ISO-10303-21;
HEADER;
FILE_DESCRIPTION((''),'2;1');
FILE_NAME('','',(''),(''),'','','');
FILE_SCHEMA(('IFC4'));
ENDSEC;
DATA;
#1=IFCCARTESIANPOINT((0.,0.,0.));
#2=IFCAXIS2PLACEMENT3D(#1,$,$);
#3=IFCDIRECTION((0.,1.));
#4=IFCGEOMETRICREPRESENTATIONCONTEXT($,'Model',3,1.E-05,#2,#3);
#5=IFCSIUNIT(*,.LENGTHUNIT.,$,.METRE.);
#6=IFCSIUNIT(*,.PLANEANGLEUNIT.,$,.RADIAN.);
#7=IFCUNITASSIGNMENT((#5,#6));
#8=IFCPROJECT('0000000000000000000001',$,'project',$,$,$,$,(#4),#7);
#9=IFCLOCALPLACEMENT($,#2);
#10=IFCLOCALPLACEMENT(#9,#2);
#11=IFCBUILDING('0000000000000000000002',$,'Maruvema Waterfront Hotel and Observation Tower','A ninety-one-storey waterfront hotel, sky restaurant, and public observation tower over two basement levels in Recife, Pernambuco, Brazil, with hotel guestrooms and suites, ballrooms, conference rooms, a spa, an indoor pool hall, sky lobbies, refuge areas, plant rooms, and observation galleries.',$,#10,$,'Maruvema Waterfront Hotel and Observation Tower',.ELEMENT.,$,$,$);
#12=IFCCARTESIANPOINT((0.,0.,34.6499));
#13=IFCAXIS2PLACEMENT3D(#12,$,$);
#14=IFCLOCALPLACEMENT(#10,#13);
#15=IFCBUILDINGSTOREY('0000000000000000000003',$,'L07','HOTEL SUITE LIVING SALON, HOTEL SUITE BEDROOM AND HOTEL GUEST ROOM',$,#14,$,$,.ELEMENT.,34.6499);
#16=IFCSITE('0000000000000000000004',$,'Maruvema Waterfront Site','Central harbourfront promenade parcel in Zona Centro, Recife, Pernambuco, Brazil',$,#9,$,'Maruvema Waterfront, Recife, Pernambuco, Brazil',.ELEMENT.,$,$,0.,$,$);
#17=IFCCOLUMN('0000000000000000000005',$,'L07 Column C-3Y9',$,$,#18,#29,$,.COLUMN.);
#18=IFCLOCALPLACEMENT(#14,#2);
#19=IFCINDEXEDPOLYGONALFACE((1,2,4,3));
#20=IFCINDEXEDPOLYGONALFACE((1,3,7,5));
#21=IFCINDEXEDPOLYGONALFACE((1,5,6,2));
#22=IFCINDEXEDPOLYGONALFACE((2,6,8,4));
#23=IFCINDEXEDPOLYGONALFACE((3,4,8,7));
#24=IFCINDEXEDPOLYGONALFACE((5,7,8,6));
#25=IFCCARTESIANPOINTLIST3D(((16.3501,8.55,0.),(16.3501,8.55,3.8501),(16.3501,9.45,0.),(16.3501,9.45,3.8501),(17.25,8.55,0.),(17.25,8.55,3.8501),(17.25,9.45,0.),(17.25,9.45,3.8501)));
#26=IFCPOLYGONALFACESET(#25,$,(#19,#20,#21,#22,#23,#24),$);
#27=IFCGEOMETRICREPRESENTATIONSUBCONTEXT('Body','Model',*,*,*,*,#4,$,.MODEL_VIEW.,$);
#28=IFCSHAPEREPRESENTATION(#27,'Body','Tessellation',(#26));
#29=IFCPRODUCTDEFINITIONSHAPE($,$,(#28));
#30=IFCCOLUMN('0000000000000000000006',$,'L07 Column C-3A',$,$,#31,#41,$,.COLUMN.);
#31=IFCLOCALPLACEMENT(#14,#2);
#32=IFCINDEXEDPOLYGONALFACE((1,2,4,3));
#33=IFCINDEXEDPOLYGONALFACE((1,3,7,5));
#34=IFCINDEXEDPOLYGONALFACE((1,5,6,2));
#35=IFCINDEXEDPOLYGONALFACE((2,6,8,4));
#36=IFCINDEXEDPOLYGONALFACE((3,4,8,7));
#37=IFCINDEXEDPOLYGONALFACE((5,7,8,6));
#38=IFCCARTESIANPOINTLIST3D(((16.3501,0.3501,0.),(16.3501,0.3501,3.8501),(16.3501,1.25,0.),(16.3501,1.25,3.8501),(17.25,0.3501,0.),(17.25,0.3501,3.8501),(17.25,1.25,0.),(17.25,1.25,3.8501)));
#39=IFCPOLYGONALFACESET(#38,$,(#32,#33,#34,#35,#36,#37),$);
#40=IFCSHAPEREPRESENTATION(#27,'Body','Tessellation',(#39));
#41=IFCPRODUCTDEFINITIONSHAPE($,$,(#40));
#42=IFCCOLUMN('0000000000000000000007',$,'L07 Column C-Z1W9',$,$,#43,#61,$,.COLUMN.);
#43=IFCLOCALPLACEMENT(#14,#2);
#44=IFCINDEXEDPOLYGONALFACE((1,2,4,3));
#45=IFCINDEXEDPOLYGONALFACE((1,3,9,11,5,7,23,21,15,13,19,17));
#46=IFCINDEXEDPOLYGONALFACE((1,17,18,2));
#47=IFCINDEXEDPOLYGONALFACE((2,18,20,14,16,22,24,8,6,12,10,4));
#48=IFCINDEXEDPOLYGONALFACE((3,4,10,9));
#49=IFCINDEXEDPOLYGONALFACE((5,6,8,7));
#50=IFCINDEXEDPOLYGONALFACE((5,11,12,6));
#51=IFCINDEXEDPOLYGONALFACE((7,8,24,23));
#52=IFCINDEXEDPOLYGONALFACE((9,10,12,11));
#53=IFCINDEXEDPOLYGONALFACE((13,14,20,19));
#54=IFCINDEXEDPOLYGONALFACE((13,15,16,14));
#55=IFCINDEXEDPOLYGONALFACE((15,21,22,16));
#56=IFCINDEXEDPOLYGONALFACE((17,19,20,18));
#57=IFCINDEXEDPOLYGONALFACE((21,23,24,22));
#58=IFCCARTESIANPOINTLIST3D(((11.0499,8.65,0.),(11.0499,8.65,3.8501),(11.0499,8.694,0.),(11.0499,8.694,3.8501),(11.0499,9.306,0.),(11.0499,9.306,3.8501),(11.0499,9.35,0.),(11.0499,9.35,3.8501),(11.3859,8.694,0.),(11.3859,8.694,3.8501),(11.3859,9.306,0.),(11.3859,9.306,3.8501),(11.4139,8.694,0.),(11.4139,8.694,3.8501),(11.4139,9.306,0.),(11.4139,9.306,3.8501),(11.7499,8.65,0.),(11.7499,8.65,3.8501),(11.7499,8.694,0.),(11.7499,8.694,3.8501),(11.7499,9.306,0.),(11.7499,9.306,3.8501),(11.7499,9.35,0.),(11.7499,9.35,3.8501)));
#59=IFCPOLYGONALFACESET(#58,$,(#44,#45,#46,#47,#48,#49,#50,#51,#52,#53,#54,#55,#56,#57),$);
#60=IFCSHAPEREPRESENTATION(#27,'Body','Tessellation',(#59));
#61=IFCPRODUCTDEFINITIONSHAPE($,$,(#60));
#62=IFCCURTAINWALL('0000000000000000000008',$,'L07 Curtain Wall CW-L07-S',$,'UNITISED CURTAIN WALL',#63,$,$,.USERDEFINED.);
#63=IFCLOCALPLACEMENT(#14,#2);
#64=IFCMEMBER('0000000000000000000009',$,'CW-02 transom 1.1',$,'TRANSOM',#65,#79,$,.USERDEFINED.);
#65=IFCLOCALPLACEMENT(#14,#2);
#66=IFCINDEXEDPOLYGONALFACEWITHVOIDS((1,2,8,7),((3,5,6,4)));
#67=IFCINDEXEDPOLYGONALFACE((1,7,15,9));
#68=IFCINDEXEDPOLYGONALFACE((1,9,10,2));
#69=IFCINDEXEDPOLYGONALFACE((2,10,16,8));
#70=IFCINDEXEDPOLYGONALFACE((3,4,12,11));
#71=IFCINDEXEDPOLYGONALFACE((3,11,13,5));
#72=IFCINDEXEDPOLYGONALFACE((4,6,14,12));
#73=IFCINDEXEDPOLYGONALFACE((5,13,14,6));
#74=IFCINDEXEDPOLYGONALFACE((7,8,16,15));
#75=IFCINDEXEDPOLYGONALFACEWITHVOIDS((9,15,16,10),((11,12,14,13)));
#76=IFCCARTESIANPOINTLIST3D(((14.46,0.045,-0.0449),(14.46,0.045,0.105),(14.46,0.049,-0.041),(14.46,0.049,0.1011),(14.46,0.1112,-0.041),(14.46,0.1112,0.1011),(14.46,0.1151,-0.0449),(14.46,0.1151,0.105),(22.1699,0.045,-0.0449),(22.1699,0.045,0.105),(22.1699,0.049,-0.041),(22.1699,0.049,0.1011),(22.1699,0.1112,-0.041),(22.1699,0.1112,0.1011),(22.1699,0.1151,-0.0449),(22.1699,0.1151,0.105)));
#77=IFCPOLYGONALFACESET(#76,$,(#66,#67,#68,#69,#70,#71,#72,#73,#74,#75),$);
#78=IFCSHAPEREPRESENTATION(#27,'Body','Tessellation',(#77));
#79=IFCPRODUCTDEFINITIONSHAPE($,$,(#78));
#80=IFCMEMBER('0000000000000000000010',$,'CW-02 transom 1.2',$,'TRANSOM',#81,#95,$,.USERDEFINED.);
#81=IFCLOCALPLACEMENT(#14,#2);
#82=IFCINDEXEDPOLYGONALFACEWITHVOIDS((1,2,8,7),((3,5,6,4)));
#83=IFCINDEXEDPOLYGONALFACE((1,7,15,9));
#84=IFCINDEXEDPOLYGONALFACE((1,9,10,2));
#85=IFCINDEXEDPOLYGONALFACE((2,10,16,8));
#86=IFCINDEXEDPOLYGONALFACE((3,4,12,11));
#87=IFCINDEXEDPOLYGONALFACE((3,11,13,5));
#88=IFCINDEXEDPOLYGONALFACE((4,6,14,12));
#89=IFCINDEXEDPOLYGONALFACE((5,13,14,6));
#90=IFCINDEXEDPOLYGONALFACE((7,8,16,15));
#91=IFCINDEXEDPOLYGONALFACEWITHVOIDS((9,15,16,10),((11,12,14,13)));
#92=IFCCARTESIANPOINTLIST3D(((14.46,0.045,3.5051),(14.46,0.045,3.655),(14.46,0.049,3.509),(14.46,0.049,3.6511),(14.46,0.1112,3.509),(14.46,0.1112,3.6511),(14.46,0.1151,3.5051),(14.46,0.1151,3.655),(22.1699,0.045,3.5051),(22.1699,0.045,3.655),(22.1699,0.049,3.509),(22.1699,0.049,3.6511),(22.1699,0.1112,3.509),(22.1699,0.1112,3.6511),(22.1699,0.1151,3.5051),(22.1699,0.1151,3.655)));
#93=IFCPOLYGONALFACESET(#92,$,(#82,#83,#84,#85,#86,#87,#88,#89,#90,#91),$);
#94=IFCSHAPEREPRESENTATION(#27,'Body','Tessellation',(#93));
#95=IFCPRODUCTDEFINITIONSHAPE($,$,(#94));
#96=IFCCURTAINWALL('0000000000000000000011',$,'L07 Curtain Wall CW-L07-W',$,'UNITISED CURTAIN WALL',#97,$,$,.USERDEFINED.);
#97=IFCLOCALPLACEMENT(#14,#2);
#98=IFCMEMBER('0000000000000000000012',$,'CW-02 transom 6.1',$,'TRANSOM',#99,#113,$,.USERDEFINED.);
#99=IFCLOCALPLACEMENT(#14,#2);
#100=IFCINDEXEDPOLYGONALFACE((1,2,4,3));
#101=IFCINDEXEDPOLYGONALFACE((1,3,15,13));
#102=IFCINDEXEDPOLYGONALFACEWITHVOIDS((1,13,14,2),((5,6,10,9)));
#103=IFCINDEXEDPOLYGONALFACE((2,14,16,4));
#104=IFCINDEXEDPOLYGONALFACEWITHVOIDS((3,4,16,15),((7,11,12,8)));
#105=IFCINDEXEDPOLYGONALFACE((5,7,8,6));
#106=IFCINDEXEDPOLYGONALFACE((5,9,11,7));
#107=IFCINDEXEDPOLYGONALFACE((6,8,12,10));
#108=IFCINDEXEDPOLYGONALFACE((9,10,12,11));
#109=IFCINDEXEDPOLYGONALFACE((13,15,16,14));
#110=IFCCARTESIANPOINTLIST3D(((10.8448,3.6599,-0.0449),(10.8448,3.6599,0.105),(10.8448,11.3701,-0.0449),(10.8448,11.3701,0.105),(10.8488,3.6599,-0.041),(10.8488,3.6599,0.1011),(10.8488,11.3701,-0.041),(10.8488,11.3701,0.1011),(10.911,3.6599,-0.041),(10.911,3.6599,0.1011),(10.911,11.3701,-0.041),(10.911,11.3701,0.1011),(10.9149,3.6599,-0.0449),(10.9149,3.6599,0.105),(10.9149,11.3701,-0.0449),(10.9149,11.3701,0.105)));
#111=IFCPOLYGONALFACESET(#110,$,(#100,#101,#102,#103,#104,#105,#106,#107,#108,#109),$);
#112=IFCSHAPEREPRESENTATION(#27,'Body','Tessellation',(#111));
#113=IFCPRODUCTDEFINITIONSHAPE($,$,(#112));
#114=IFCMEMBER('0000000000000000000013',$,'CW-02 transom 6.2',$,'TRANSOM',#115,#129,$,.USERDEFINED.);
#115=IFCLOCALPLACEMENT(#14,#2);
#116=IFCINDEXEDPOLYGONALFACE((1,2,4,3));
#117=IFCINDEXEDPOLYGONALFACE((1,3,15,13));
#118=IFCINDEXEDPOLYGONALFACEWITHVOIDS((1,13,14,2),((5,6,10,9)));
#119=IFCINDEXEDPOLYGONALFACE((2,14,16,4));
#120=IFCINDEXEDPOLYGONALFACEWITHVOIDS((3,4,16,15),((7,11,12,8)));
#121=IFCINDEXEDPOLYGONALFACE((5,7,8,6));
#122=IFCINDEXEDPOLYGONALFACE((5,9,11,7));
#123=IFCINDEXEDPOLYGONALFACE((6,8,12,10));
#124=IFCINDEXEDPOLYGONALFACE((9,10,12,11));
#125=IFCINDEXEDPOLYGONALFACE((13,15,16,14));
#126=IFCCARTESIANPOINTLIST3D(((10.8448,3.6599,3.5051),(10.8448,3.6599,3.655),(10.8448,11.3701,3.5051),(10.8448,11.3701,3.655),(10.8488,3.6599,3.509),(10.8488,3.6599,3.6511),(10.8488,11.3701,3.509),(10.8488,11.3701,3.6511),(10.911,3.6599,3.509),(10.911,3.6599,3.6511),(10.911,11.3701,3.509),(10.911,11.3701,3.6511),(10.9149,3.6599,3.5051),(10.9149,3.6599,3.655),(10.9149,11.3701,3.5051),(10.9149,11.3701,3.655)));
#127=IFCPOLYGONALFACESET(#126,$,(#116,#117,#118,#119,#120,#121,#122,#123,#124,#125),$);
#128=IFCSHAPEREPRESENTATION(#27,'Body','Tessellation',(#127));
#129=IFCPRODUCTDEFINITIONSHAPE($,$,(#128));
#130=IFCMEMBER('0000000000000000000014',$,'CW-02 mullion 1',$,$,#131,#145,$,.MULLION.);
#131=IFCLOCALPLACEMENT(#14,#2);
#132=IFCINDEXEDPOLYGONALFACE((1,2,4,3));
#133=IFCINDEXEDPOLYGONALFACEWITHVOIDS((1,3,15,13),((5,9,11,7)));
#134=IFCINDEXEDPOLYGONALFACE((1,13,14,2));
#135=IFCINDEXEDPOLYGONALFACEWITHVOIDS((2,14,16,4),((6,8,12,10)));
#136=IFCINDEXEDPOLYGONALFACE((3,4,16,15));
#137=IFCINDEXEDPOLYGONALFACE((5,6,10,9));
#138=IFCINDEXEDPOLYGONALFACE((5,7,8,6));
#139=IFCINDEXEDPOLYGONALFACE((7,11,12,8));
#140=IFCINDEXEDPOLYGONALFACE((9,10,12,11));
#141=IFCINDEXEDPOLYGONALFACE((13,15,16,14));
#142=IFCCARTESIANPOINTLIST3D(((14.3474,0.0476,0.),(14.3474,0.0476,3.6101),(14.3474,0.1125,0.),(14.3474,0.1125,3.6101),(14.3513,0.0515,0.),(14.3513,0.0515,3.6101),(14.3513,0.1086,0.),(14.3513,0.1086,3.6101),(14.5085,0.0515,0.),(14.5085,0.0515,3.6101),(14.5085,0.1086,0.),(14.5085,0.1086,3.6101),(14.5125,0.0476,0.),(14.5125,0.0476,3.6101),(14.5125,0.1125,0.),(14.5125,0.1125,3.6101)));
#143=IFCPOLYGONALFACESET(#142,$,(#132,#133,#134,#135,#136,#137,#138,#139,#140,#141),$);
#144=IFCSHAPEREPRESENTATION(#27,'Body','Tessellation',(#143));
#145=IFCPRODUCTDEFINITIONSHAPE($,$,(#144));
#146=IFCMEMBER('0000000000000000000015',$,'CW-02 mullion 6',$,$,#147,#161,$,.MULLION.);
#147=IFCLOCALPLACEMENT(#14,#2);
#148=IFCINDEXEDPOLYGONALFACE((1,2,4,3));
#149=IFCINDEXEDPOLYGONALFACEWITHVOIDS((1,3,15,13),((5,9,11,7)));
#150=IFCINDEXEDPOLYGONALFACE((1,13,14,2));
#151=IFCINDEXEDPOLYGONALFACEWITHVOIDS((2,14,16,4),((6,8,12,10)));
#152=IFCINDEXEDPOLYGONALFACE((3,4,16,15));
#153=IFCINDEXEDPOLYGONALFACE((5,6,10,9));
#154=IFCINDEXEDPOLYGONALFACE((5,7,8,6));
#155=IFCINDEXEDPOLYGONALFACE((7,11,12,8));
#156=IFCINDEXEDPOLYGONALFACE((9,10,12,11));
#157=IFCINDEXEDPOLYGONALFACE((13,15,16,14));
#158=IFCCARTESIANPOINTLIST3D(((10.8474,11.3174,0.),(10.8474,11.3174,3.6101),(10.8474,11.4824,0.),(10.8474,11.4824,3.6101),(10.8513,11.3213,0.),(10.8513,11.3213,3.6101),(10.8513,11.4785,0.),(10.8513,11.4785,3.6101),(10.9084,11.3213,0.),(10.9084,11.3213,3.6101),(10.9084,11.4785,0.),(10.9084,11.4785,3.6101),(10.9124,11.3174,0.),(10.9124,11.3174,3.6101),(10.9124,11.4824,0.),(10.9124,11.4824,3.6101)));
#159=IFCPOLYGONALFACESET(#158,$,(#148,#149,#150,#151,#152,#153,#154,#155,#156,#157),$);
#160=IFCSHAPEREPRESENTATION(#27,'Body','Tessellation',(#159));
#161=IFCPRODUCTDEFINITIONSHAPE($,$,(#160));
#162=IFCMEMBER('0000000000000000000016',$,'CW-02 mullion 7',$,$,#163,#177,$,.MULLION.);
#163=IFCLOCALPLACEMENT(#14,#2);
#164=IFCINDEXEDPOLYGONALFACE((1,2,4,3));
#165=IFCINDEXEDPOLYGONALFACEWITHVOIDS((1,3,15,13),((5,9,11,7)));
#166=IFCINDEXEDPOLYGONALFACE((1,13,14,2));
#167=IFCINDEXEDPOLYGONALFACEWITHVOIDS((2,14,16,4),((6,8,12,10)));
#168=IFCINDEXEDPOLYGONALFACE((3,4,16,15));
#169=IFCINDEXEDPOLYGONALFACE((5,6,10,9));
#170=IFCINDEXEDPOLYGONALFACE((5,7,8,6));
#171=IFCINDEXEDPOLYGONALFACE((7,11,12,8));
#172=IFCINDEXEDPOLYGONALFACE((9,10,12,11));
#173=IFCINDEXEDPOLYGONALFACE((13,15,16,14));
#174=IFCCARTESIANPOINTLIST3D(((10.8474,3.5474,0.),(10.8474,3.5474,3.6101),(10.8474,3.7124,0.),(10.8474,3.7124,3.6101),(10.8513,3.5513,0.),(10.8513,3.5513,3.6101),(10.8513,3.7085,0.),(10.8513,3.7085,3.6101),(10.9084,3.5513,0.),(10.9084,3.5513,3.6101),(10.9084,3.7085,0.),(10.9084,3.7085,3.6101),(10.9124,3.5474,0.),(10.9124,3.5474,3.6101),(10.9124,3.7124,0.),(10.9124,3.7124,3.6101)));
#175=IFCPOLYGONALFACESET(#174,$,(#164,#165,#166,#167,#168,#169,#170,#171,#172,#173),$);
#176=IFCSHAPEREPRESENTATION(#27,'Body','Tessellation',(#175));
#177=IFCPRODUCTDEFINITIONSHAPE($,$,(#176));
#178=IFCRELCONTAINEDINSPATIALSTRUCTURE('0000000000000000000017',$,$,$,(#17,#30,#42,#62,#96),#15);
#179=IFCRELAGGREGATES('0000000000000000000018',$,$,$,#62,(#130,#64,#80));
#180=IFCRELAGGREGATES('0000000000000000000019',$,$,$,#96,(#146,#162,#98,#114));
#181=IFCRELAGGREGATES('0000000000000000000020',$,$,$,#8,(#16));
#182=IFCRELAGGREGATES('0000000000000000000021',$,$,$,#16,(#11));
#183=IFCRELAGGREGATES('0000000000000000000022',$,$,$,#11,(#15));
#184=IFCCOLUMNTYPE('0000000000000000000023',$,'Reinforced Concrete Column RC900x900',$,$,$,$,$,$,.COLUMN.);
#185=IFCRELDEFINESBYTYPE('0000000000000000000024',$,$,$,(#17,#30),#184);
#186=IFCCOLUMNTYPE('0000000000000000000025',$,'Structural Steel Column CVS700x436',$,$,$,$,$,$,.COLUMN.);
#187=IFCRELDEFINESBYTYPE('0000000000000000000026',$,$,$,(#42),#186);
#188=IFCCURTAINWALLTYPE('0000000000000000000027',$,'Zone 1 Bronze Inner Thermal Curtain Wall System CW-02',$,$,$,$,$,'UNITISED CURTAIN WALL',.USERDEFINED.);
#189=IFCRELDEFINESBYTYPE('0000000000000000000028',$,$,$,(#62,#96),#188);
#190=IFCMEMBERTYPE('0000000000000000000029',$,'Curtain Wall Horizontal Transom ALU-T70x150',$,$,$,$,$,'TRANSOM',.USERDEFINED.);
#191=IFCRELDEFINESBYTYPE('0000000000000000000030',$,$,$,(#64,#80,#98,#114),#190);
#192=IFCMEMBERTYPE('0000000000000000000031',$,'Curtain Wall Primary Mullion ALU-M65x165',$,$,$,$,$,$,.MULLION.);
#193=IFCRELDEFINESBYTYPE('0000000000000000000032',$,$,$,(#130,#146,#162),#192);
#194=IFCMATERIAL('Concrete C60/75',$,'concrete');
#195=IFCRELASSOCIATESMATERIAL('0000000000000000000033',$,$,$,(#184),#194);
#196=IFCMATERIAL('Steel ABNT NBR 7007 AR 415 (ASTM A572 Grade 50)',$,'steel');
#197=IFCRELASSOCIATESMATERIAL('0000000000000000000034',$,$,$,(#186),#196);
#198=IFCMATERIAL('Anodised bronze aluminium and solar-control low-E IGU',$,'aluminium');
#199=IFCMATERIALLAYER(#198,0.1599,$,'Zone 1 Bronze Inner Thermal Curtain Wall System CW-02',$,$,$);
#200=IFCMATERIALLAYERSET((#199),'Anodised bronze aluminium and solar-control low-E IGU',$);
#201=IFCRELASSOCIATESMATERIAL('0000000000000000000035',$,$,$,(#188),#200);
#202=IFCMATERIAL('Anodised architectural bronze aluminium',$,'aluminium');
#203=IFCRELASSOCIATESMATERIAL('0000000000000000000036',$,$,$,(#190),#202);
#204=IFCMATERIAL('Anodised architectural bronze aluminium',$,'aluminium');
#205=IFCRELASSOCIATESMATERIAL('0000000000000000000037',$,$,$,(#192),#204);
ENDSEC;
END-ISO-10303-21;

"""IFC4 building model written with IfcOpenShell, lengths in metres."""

from ifc_helpers import new_model, si_unit, direction, frame, origin, origin_2d, place, context, subcontext, project, spatial, rectangle, hollow_rectangle, i_section, extrude, material, layer, layer_set, material_profile, profile_set, type_object, element, aggregate, save


model = new_model("IFC4")

# Units and contexts
model_context = context("Model", 3, precision=1e-05, world=origin(), true_north=direction((0.0, 1.0)))
body_context = subcontext(model_context, "Body", "Model", "MODEL_VIEW")
ifc_project = project(units=[si_unit("LENGTHUNIT", "METRE"), si_unit("PLANEANGLEUNIT", "RADIAN")], contexts=[model_context])

# Site, building, storey
site_placement = place(None, origin())
site = spatial("IfcSite", under=ifc_project, at=site_placement, Name="Maruvema Waterfront Site", Description="Central harbourfront promenade parcel in Zona Centro, Recife, Pernambuco, Brazil", LongName="Maruvema Waterfront, Recife, Pernambuco, Brazil", CompositionType="ELEMENT", RefElevation=0.0)
building_placement = place(site_placement, origin())
building = spatial("IfcBuilding", under=site, at=building_placement, Name="Maruvema Waterfront Hotel and Observation Tower", Description="A ninety-one-storey waterfront hotel, sky restaurant, and public observation tower over two basement levels in Recife, Pernambuco, Brazil, with hotel guestrooms and suites, ballrooms, conference rooms, a spa, an indoor pool hall, sky lobbies, refuge areas, plant rooms, and observation galleries.", LongName="Maruvema Waterfront Hotel and Observation Tower", CompositionType="ELEMENT")
storey_placement = place(building_placement, frame((0.0, 0.0, 34.6499)))
storey = spatial("IfcBuildingStorey", under=building, at=storey_placement, Name="L07", Description="HOTEL SUITE LIVING SALON, HOTEL SUITE BEDROOM AND HOTEL GUEST ROOM", CompositionType="ELEMENT", Elevation=34.6499)

# Columns
ifc_material_1 = material(Name="Concrete C60/75", Category="concrete")
ifc_material_profile_1 = material_profile(ifc_material_1, rectangle(XDim=0.8999, YDim=0.8999, at=origin_2d()), Name="RC900x900")
ifc_profile_set_1 = profile_set([ifc_material_profile_1], Name="Concrete C60/75")
column_type_1 = type_object("IfcColumnType", Name="Reinforced Concrete Column RC900x900", PredefinedType="COLUMN", material=ifc_profile_set_1)
for number, where, z_axis, x_axis, name in (
    (1, (16.8, 9.0, 0.0), (0.0, 0.0, 1.0), (1.0, 0.0, 0.0), "L07 Column C-3Y9"),
    (2, (16.8, 0.8, 0.0), (0.0, 0.0, 1.0), (1.0, 0.0, 0.0), "L07 Column C-3A"),
):
    element("IfcColumn", number, at=place(storey_placement, frame(where, z_axis=z_axis, x_axis=x_axis)), inside=storey, type_object=column_type_1, Name=name, PredefinedType="COLUMN", context=body_context, shape_type="SweptSolid", body=[
        extrude(rectangle(XDim=0.8999, YDim=0.8999, at=origin_2d()), origin(), (0.0, 0.0, 1.0), 3.8501),
    ])
ifc_material_2 = material(Name="Steel ABNT NBR 7007 AR 415 (ASTM A572 Grade 50)", Category="steel")
ifc_material_profile_2 = material_profile(ifc_material_2, i_section(OverallWidth=0.7, OverallDepth=0.7, WebThickness=0.0281, FlangeThickness=0.0439, at=origin_2d()), Name="CVS700x436")
ifc_profile_set_2 = profile_set([ifc_material_profile_2], Name="Steel ABNT NBR 7007 AR 415 (ASTM A572 Grade 50)")
column_type_2 = type_object("IfcColumnType", Name="Structural Steel Column CVS700x436", PredefinedType="COLUMN", material=ifc_profile_set_2)
column_placement = place(storey_placement, frame((11.3999, 9.0, 0.0), z_axis=(0.0, 0.0, 1.0), x_axis=(1.0, 0.0, 0.0)))
element("IfcColumn", 3, at=column_placement, inside=storey, type_object=column_type_2, Name="L07 Column C-Z1W9", PredefinedType="COLUMN", context=body_context, shape_type="SweptSolid", body=[
    extrude(i_section(OverallWidth=0.7, OverallDepth=0.7, WebThickness=0.0281, FlangeThickness=0.0439, at=origin_2d()), origin(), (0.0, 0.0, 1.0), 3.8501),
])

# Curtain walls, members
ifc_material_3 = material(Name="Anodised bronze aluminium and solar-control low-E IGU", Category="aluminium")
ifc_layer_1 = layer(ifc_material_3, 0.1599, Name="Zone 1 Bronze Inner Thermal Curtain Wall System CW-02")
ifc_layer_set_1 = layer_set([ifc_layer_1], Name="Anodised bronze aluminium and solar-control low-E IGU")
curtain_wall_type = type_object("IfcCurtainWallType", Name="Zone 1 Bronze Inner Thermal Curtain Wall System CW-02", ElementType="UNITISED CURTAIN WALL", PredefinedType="USERDEFINED", material=ifc_layer_set_1)
curtain_wall_1_placement = place(storey_placement, origin())
curtain_wall_1 = element("IfcCurtainWall", 4, at=curtain_wall_1_placement, inside=storey, type_object=curtain_wall_type, Name="L07 Curtain Wall CW-L07-S", ObjectType="UNITISED CURTAIN WALL", PredefinedType="USERDEFINED")
ifc_material_4 = material(Name="Anodised architectural bronze aluminium", Category="aluminium")
ifc_material_profile_3 = material_profile(ifc_material_4, hollow_rectangle(XDim=0.0701, YDim=0.1499, WallThickness=0.0039, at=origin_2d()), Name="ALU-T70x150")
ifc_profile_set_3 = profile_set([ifc_material_profile_3], Name="Anodised architectural bronze aluminium")
member_type_1 = type_object("IfcMemberType", Name="Curtain Wall Horizontal Transom ALU-T70x150", ElementType="TRANSOM", PredefinedType="USERDEFINED", material=ifc_profile_set_3)
member_1_placement = place(storey_placement, frame((14.46, 0.0801, 0.03), z_axis=(1.0, 0.0, 0.0), x_axis=(0.0, 1.0, 0.0)))
member_1 = element("IfcMember", 5, at=member_1_placement, type_object=member_type_1, Name="CW-02 transom 1.1", ObjectType="TRANSOM", PredefinedType="USERDEFINED", context=body_context, shape_type="SweptSolid", body=[
    extrude(hollow_rectangle(XDim=0.0701, YDim=0.1499, WallThickness=0.0039, at=origin_2d()), origin(), (0.0, 0.0, 1.0), 7.71),
])
member_2_placement = place(storey_placement, frame((14.46, 0.0801, 3.5801), z_axis=(1.0, 0.0, 0.0), x_axis=(0.0, 1.0, 0.0)))
member_2 = element("IfcMember", 6, at=member_2_placement, type_object=member_type_1, Name="CW-02 transom 1.2", ObjectType="TRANSOM", PredefinedType="USERDEFINED", context=body_context, shape_type="SweptSolid", body=[
    extrude(hollow_rectangle(XDim=0.0701, YDim=0.1499, WallThickness=0.0039, at=origin_2d()), origin(), (0.0, 0.0, 1.0), 7.71),
])
curtain_wall_2_placement = place(storey_placement, origin())
curtain_wall_2 = element("IfcCurtainWall", 7, at=curtain_wall_2_placement, inside=storey, type_object=curtain_wall_type, Name="L07 Curtain Wall CW-L07-W", ObjectType="UNITISED CURTAIN WALL", PredefinedType="USERDEFINED")
member_3_placement = place(storey_placement, frame((10.8799, 11.3701, 0.03), z_axis=(0.0, -1.0, 0.0), x_axis=(1.0, 0.0, 0.0)))
member_3 = element("IfcMember", 8, at=member_3_placement, type_object=member_type_1, Name="CW-02 transom 6.1", ObjectType="TRANSOM", PredefinedType="USERDEFINED", context=body_context, shape_type="SweptSolid", body=[
    extrude(hollow_rectangle(XDim=0.0701, YDim=0.1499, WallThickness=0.0039, at=origin_2d()), origin(), (0.0, 0.0, 1.0), 7.7102),
])
member_4_placement = place(storey_placement, frame((10.8799, 11.3701, 3.5801), z_axis=(0.0, -1.0, 0.0), x_axis=(1.0, 0.0, 0.0)))
member_4 = element("IfcMember", 9, at=member_4_placement, type_object=member_type_1, Name="CW-02 transom 6.2", ObjectType="TRANSOM", PredefinedType="USERDEFINED", context=body_context, shape_type="SweptSolid", body=[
    extrude(hollow_rectangle(XDim=0.0701, YDim=0.1499, WallThickness=0.0039, at=origin_2d()), origin(), (0.0, 0.0, 1.0), 7.7102),
])

# Members
ifc_material_5 = material(Name="Anodised architectural bronze aluminium", Category="aluminium")
ifc_material_profile_4 = material_profile(ifc_material_5, hollow_rectangle(XDim=0.0649, YDim=0.165, WallThickness=0.0039, at=origin_2d()), Name="ALU-M65x165")
ifc_profile_set_4 = profile_set([ifc_material_profile_4], Name="Anodised architectural bronze aluminium")
member_type_2 = type_object("IfcMemberType", Name="Curtain Wall Primary Mullion ALU-M65x165", PredefinedType="MULLION", material=ifc_profile_set_4)
member_5_placement = place(storey_placement, frame((14.4299, 0.0801, 0.0), z_axis=(0.0, 0.0, 1.0), x_axis=(0.0, 1.0, 0.0)))
member_5 = element("IfcMember", 10, at=member_5_placement, type_object=member_type_2, Name="CW-02 mullion 1", PredefinedType="MULLION", context=body_context, shape_type="SweptSolid", body=[
    extrude(hollow_rectangle(XDim=0.0649, YDim=0.165, WallThickness=0.0039, at=origin_2d()), origin(), (0.0, 0.0, 1.0), 3.6101),
])
member_6_placement = place(storey_placement, frame((10.8799, 11.3999, 0.0), z_axis=(0.0, 0.0, 1.0), x_axis=(1.0, 0.0, 0.0)))
member_6 = element("IfcMember", 11, at=member_6_placement, type_object=member_type_2, Name="CW-02 mullion 6", PredefinedType="MULLION", context=body_context, shape_type="SweptSolid", body=[
    extrude(hollow_rectangle(XDim=0.0649, YDim=0.165, WallThickness=0.0039, at=origin_2d()), origin(), (0.0, 0.0, 1.0), 3.6101),
])
member_7_placement = place(storey_placement, frame((10.8799, 3.6299, 0.0), z_axis=(0.0, 0.0, 1.0), x_axis=(1.0, 0.0, 0.0)))
member_7 = element("IfcMember", 12, at=member_7_placement, type_object=member_type_2, Name="CW-02 mullion 7", PredefinedType="MULLION", context=body_context, shape_type="SweptSolid", body=[
    extrude(hollow_rectangle(XDim=0.0649, YDim=0.165, WallThickness=0.0039, at=origin_2d()), origin(), (0.0, 0.0, 1.0), 3.6101),
])

aggregate(curtain_wall_1, [member_5, member_1, member_2])
aggregate(curtain_wall_2, [member_6, member_7, member_3, member_4])

save(model, "model.ifc")
